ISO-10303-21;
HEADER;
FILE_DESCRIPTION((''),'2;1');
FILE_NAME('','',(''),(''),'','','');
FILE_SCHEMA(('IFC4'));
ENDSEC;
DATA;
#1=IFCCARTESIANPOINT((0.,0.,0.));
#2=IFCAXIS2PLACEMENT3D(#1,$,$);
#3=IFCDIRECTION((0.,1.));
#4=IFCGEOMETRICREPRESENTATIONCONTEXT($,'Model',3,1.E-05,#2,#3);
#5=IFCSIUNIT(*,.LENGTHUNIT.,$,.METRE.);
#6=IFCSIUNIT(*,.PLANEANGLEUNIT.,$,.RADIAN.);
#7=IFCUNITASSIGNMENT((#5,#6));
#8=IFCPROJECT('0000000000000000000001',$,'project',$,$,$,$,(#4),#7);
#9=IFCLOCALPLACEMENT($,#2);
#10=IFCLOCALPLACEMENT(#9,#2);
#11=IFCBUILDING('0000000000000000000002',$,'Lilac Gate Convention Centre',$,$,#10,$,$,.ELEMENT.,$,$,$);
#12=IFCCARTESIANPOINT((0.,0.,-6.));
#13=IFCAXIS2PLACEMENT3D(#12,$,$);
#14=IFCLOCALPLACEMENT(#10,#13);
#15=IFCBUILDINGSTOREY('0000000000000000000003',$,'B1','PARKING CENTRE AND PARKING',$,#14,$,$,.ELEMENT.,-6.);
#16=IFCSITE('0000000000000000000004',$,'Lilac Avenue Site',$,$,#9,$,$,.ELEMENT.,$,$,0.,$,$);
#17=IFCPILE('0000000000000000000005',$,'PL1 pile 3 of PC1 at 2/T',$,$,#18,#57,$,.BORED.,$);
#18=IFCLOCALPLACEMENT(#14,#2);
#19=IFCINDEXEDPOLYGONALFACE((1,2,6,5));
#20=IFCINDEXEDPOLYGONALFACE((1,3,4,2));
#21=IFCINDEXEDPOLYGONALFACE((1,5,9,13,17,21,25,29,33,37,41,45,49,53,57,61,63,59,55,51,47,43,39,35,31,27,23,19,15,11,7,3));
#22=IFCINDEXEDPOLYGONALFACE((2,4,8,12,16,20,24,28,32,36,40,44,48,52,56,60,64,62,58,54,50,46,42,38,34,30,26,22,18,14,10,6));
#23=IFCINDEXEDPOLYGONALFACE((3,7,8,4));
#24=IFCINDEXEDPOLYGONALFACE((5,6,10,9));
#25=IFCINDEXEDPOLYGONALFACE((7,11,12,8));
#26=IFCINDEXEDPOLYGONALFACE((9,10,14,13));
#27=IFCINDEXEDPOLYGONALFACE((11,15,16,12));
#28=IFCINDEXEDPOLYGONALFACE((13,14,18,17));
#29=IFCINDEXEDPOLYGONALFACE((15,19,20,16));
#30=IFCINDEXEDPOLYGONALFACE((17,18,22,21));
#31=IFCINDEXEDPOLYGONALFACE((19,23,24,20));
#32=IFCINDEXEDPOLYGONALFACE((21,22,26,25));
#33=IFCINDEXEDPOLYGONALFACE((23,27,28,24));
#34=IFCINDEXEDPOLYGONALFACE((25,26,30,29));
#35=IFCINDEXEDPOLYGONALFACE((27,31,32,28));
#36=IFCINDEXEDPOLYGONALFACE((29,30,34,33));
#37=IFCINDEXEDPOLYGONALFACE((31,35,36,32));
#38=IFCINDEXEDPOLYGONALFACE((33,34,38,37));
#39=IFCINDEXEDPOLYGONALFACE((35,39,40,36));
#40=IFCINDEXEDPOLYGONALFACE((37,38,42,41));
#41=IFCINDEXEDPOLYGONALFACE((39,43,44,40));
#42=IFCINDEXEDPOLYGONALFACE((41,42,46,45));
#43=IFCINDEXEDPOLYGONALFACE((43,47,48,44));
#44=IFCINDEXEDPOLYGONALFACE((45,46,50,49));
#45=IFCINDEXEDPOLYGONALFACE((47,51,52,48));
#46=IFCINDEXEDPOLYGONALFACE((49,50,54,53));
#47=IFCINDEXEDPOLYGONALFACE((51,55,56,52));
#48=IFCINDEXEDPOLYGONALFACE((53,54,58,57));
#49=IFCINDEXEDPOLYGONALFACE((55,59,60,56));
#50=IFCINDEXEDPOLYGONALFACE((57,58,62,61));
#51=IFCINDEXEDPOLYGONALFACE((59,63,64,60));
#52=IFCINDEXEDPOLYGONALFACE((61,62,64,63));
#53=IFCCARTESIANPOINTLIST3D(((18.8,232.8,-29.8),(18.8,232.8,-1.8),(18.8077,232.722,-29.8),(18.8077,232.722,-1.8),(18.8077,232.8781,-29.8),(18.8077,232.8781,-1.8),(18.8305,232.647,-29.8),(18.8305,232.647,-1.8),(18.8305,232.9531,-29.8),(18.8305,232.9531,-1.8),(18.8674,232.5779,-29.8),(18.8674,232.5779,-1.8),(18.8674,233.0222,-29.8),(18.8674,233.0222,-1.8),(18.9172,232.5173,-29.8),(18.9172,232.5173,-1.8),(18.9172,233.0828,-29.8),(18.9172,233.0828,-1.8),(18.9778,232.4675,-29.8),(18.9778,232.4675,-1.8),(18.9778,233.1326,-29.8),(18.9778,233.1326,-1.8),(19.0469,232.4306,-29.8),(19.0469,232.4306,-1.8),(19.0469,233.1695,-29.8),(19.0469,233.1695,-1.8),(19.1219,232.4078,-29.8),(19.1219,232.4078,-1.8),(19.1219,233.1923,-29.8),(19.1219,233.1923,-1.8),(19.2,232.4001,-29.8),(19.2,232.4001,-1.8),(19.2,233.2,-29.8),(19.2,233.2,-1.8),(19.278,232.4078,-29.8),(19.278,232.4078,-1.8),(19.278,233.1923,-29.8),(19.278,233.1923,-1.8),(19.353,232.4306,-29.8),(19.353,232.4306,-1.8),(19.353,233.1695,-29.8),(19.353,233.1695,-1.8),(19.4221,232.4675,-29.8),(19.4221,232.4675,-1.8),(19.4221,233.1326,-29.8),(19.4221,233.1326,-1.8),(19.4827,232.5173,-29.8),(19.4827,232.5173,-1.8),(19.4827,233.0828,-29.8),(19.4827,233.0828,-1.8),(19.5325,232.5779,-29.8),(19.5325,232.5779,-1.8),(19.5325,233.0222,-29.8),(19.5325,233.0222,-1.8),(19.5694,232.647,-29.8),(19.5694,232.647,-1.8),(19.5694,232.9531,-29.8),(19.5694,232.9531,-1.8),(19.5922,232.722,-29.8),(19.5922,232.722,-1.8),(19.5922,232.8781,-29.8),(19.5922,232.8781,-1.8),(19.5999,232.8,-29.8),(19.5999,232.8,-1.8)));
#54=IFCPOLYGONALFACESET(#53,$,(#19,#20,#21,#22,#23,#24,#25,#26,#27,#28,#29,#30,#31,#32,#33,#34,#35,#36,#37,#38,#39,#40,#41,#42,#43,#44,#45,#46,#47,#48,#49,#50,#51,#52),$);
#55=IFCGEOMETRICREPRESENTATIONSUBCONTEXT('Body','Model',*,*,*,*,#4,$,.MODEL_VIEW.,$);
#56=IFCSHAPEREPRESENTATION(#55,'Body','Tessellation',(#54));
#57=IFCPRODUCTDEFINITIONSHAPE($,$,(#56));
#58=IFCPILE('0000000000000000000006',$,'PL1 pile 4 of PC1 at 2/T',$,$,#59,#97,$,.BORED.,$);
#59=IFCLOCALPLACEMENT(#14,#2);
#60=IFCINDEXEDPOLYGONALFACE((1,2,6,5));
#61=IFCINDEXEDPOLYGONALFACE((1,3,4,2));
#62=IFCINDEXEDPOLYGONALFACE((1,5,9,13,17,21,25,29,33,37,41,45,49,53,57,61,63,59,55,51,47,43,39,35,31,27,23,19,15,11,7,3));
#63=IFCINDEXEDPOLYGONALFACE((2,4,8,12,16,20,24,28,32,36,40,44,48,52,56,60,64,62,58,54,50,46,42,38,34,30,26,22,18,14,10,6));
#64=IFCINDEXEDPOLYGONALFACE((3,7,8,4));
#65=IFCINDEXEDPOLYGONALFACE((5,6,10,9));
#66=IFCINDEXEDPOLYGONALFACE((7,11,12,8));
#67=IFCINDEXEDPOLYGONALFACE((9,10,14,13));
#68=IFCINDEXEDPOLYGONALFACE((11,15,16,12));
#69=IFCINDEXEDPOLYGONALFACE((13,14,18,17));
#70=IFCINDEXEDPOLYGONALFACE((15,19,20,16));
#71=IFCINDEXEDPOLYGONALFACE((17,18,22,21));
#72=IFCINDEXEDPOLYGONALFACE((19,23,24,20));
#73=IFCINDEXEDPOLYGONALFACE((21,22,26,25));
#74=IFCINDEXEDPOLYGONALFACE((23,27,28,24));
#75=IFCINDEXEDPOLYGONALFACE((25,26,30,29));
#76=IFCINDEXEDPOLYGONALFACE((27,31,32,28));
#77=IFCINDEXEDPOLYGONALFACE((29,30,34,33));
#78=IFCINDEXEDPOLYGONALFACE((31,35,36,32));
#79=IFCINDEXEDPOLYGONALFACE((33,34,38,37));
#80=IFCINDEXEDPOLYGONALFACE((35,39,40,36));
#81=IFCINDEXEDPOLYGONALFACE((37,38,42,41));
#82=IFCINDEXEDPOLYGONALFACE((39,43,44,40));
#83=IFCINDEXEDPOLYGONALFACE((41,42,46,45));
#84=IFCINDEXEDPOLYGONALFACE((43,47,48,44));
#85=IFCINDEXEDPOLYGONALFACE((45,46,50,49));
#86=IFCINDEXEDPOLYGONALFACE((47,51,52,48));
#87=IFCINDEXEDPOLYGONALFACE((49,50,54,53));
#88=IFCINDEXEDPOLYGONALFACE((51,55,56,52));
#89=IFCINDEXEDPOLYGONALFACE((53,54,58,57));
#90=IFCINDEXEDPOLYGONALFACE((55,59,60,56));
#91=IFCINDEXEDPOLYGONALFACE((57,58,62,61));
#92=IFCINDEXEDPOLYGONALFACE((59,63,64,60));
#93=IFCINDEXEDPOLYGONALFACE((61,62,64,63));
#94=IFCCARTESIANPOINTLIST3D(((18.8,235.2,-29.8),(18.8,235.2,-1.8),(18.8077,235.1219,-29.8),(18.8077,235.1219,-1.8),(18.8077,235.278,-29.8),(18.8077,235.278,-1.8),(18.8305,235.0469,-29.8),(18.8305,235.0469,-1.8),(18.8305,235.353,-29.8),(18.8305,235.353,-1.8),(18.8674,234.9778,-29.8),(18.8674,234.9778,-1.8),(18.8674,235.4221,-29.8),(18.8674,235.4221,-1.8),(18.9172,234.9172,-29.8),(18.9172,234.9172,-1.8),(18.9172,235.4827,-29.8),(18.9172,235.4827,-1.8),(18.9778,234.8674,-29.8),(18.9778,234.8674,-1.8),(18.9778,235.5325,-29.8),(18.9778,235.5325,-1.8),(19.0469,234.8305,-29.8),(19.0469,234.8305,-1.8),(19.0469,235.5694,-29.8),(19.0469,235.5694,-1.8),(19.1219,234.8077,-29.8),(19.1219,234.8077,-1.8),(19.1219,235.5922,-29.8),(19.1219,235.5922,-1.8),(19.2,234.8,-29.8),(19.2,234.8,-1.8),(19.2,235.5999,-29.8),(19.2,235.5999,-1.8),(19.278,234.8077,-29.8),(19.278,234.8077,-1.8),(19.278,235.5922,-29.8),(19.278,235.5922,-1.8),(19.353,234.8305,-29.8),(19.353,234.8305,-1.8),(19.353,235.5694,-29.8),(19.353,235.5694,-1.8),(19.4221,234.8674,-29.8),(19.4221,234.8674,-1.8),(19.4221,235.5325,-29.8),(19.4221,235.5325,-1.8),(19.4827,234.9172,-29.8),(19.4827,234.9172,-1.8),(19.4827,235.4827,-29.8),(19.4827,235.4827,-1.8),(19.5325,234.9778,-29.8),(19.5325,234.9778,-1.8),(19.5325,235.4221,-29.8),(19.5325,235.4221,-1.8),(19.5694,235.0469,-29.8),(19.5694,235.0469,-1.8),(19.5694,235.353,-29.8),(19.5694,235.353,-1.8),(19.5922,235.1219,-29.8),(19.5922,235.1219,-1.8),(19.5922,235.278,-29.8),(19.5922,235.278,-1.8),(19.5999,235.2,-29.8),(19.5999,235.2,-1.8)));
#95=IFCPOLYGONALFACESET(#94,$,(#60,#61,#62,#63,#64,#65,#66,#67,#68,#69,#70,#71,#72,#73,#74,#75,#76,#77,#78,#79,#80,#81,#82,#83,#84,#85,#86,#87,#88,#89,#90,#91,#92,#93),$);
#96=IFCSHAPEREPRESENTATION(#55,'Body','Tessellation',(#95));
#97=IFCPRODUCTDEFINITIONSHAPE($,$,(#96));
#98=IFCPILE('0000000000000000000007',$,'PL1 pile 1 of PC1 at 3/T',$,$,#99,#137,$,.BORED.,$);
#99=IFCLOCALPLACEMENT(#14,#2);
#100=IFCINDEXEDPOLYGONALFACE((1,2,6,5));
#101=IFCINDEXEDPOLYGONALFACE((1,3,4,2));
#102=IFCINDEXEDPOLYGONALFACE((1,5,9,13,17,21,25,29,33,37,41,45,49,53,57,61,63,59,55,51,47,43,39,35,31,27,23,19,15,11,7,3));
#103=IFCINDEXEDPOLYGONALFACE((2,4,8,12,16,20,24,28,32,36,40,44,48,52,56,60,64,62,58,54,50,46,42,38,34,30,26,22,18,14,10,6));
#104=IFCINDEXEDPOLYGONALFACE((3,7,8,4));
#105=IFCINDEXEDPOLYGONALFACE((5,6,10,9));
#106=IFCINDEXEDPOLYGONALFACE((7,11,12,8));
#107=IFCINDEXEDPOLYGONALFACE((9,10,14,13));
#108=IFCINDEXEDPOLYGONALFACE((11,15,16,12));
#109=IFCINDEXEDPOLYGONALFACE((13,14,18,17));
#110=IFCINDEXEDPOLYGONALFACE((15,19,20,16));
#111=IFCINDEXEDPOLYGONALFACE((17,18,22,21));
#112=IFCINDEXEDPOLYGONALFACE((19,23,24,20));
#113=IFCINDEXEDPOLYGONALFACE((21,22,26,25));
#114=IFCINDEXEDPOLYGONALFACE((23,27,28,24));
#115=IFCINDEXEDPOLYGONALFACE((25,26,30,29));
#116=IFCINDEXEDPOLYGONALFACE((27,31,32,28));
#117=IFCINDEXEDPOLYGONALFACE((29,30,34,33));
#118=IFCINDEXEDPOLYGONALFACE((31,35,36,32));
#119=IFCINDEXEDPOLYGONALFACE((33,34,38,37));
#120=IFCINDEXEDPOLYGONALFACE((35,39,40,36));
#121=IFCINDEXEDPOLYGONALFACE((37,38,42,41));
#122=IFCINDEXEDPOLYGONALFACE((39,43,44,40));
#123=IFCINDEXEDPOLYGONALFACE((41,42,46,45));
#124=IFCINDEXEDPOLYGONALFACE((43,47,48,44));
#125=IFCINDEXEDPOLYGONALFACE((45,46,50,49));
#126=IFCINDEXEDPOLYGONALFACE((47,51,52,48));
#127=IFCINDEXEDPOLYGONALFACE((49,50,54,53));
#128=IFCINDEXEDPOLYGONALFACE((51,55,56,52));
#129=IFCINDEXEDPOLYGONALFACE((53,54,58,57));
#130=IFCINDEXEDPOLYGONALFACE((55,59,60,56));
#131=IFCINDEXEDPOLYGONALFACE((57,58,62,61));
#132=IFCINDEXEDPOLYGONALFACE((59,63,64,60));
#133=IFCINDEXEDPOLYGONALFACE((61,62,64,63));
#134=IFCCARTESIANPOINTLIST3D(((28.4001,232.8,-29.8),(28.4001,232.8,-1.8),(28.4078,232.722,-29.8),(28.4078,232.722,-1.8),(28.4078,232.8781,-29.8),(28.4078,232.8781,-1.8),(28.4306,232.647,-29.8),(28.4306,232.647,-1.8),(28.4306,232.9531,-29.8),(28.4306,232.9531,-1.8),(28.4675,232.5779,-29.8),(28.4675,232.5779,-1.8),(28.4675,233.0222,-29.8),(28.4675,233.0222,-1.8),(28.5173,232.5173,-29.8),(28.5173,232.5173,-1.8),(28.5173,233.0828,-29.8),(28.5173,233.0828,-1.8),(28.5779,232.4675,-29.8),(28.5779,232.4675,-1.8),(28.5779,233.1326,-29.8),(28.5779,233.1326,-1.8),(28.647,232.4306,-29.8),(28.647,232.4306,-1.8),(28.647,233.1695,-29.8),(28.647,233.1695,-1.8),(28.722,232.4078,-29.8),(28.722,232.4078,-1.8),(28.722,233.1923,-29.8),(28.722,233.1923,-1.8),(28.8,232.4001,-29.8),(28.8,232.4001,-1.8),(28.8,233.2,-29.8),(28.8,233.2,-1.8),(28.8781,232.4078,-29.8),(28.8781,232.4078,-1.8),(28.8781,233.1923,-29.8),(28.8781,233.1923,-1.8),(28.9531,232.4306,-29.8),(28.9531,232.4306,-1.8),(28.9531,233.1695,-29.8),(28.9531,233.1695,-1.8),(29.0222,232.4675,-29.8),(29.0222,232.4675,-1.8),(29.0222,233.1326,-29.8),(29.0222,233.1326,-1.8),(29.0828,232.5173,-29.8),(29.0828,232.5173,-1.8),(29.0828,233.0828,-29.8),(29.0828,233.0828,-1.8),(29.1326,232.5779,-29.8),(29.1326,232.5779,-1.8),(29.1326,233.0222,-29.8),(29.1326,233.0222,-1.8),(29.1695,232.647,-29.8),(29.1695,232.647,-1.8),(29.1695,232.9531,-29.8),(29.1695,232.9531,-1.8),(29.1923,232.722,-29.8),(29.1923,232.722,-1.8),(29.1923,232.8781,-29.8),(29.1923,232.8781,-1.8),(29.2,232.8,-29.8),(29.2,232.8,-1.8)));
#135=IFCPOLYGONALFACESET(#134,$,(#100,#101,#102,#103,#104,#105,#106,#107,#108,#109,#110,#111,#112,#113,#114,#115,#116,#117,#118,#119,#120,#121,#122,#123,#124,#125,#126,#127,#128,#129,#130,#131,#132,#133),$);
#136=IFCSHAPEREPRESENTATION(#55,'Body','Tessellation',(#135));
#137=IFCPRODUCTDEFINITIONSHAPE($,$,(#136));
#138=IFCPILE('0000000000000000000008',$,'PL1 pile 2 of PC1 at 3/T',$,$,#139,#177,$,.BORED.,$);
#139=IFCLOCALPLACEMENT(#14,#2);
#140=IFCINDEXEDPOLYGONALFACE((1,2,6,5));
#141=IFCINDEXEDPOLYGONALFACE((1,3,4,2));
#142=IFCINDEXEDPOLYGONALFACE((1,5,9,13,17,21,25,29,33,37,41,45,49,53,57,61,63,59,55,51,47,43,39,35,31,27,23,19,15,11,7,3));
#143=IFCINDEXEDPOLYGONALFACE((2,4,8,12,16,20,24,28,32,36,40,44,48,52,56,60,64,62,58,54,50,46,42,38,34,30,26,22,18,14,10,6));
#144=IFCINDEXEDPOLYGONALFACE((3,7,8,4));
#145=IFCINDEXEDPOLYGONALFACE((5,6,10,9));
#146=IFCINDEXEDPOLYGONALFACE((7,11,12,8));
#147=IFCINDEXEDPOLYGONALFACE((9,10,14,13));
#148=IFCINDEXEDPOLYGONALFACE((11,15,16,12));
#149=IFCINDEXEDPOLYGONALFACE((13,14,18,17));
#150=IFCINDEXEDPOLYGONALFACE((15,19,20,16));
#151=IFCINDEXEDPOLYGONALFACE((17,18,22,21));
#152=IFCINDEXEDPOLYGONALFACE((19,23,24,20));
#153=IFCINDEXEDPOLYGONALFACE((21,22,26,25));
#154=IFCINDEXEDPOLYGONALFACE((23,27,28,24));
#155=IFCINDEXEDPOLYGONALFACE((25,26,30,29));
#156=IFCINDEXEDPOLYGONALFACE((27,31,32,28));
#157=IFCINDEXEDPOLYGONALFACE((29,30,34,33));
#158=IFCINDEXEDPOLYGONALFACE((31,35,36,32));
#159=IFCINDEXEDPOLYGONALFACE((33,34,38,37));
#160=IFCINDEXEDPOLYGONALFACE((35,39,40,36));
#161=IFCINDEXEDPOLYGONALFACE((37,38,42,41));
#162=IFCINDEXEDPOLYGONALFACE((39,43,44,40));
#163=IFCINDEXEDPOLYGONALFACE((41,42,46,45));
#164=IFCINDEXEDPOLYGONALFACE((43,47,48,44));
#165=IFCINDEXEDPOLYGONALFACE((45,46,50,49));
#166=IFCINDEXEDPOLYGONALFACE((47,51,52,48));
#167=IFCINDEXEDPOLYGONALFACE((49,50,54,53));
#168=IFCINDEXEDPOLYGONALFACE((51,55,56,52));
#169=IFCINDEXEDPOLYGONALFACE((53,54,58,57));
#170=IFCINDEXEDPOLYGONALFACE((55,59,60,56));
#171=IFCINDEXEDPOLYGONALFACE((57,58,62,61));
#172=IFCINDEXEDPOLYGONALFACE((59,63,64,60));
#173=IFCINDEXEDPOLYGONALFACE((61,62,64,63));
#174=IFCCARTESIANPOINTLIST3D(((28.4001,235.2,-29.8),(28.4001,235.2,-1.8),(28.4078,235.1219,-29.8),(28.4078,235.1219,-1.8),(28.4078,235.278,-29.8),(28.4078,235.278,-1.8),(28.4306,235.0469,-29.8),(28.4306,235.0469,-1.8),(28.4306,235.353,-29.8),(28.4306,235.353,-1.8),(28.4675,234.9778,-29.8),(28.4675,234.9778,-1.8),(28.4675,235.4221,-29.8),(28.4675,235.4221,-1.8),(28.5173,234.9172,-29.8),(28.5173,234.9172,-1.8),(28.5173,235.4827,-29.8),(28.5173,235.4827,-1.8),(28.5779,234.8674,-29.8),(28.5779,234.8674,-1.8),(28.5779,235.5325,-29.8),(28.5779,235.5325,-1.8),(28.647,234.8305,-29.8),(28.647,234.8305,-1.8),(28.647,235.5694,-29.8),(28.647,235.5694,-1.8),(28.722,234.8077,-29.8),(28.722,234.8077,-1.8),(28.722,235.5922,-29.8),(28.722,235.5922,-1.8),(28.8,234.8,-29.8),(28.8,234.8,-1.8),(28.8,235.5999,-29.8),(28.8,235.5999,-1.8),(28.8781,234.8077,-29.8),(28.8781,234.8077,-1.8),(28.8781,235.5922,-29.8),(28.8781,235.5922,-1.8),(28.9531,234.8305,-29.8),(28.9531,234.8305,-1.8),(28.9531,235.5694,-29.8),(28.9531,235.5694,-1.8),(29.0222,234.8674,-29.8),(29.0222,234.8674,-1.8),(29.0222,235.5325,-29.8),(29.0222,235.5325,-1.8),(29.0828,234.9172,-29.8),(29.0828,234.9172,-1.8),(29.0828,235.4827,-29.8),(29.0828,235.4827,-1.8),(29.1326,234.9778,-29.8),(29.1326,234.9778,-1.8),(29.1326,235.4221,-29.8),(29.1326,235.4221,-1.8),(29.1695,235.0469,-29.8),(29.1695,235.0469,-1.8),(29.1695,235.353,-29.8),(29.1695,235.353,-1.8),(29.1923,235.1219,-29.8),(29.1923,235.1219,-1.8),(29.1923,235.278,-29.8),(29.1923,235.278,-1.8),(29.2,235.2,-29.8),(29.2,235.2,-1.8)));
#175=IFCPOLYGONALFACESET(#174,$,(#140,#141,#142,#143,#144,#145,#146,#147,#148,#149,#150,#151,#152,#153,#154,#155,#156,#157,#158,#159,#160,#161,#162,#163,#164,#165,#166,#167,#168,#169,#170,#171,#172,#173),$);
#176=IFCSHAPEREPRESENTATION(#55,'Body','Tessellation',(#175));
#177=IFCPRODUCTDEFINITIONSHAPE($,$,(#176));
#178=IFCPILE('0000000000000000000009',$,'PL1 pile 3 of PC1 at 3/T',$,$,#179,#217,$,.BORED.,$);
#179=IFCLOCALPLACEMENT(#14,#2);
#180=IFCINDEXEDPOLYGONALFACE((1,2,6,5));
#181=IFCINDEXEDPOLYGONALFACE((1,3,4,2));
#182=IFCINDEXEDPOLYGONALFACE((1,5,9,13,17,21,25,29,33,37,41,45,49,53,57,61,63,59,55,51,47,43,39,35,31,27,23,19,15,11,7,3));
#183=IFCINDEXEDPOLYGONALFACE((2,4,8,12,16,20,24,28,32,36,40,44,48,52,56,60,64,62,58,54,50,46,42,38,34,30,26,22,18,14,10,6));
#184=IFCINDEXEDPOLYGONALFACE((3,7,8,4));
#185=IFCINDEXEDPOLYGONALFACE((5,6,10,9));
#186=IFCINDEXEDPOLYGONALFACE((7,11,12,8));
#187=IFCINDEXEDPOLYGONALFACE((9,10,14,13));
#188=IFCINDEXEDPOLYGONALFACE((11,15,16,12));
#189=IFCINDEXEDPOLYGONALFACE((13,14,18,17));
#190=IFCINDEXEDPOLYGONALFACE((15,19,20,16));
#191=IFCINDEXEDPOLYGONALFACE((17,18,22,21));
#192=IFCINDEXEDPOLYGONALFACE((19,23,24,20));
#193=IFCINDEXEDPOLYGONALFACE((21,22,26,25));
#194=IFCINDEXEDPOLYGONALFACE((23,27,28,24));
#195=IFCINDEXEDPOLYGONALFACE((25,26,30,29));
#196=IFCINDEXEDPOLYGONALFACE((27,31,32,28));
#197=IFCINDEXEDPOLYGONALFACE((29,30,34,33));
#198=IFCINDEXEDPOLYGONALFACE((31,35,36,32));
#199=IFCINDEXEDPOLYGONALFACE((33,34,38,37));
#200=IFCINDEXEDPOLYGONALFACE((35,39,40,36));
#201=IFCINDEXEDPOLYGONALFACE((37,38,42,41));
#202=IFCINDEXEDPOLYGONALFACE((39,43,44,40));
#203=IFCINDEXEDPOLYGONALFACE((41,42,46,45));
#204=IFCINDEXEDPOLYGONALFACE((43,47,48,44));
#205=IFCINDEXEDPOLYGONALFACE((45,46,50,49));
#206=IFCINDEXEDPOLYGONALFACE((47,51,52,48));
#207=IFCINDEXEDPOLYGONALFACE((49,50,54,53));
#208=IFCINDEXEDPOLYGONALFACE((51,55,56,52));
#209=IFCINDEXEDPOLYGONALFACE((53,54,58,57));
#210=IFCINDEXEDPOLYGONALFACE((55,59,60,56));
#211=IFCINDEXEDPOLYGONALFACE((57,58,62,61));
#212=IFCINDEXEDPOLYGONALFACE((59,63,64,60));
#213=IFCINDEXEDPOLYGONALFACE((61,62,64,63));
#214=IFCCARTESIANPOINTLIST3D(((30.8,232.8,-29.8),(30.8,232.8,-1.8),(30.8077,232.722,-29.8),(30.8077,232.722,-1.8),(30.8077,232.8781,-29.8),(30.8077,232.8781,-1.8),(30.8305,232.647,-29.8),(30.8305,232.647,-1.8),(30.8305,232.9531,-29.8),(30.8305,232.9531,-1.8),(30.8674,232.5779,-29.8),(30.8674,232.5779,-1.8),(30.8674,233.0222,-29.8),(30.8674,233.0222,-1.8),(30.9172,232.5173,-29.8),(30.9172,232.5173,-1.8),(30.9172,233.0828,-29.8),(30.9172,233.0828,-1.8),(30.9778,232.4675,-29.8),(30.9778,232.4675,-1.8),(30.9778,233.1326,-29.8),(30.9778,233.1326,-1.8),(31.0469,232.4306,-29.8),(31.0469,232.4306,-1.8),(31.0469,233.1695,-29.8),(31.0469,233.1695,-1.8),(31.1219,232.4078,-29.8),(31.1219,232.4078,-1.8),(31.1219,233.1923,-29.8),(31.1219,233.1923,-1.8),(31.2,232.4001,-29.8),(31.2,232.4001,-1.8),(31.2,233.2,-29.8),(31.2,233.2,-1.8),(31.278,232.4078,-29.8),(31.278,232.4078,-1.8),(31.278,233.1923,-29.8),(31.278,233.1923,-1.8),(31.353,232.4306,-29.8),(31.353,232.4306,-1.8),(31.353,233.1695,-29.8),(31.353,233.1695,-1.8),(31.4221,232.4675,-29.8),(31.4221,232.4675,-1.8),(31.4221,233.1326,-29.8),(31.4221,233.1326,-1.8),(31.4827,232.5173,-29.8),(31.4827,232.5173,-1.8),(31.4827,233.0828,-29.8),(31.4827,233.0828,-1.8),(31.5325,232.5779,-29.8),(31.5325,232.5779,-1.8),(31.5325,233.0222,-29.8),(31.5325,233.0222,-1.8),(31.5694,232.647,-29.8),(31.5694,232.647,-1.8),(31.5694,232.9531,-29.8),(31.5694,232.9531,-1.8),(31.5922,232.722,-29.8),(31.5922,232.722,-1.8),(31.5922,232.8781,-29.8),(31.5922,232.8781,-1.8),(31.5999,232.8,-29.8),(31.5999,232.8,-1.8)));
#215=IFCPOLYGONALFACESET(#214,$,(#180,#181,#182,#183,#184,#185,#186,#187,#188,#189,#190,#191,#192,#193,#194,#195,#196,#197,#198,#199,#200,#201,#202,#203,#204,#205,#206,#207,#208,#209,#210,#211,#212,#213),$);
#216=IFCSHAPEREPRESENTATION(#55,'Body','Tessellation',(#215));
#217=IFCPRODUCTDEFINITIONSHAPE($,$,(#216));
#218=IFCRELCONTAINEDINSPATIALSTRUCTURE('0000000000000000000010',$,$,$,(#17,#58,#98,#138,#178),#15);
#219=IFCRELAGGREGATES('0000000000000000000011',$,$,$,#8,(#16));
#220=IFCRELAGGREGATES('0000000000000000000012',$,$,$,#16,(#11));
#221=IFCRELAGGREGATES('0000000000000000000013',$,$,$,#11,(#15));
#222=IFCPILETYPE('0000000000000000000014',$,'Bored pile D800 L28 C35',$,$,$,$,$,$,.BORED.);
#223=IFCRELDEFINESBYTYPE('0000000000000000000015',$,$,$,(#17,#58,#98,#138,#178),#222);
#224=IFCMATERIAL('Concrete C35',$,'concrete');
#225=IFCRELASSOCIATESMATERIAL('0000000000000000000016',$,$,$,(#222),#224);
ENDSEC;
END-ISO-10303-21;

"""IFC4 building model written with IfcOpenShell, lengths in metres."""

from ifc_helpers import new_model, si_unit, direction, frame, origin, origin_2d, place, context, subcontext, project, spatial, circle, extrude, material, material_profile, profile_set, type_object, element, save


model = new_model("IFC4")

# Units and contexts
model_context = context("Model", 3, precision=1e-05, world=origin(), true_north=direction((0.0, 1.0)))
body_context = subcontext(model_context, "Body", "Model", "MODEL_VIEW")
ifc_project = project(units=[si_unit("LENGTHUNIT", "METRE"), si_unit("PLANEANGLEUNIT", "RADIAN")], contexts=[model_context])

# Site, building, storey
site_placement = place(None, origin())
site = spatial("IfcSite", under=ifc_project, at=site_placement, Name="Lilac Avenue Site", CompositionType="ELEMENT", RefElevation=0.0)
building_placement = place(site_placement, origin())
building = spatial("IfcBuilding", under=site, at=building_placement, Name="Lilac Gate Convention Centre", CompositionType="ELEMENT")
storey_placement = place(building_placement, frame((0.0, 0.0, -6.0)))
storey = spatial("IfcBuildingStorey", under=building, at=storey_placement, Name="B1", Description="PARKING CENTRE AND PARKING", CompositionType="ELEMENT", Elevation=-6.0)

# Piles
ifc_material_1 = material(Name="Concrete C35", Category="concrete")
ifc_material_profile_1 = material_profile(ifc_material_1, circle(Radius=0.3999, at=origin_2d()), Name="D800")
ifc_profile_set_1 = profile_set([ifc_material_profile_1], Name="Concrete C35")
pile_type_1 = type_object("IfcPileType", Name="Bored pile D800 L28 C35", PredefinedType="BORED", material=ifc_profile_set_1)
for number, where, z_axis, x_axis, name in (
    (1, (19.2, 232.8, -1.8), (0.0, 0.0, -1.0), (1.0, 0.0, 0.0), "PL1 pile 3 of PC1 at 2/T"),
    (2, (19.2, 235.2, -1.8), (0.0, 0.0, -1.0), (1.0, 0.0, 0.0), "PL1 pile 4 of PC1 at 2/T"),
    (3, (28.8, 232.8, -1.8), (0.0, 0.0, -1.0), (1.0, 0.0, 0.0), "PL1 pile 1 of PC1 at 3/T"),
    (4, (28.8, 235.2, -1.8), (0.0, 0.0, -1.0), (1.0, 0.0, 0.0), "PL1 pile 2 of PC1 at 3/T"),
    (5, (31.2, 232.8, -1.8), (0.0, 0.0, -1.0), (1.0, 0.0, 0.0), "PL1 pile 3 of PC1 at 3/T"),
):
    element("IfcPile", number, at=place(storey_placement, frame(where, z_axis=z_axis, x_axis=x_axis)), inside=storey, type_object=pile_type_1, Name=name, PredefinedType="BORED", context=body_context, shape_type="SweptSolid", body=[
        extrude(circle(Radius=0.3999, at=origin_2d()), origin(), (0.0, 0.0, 1.0), 28.0),
    ])

save(model, "model.ifc")
